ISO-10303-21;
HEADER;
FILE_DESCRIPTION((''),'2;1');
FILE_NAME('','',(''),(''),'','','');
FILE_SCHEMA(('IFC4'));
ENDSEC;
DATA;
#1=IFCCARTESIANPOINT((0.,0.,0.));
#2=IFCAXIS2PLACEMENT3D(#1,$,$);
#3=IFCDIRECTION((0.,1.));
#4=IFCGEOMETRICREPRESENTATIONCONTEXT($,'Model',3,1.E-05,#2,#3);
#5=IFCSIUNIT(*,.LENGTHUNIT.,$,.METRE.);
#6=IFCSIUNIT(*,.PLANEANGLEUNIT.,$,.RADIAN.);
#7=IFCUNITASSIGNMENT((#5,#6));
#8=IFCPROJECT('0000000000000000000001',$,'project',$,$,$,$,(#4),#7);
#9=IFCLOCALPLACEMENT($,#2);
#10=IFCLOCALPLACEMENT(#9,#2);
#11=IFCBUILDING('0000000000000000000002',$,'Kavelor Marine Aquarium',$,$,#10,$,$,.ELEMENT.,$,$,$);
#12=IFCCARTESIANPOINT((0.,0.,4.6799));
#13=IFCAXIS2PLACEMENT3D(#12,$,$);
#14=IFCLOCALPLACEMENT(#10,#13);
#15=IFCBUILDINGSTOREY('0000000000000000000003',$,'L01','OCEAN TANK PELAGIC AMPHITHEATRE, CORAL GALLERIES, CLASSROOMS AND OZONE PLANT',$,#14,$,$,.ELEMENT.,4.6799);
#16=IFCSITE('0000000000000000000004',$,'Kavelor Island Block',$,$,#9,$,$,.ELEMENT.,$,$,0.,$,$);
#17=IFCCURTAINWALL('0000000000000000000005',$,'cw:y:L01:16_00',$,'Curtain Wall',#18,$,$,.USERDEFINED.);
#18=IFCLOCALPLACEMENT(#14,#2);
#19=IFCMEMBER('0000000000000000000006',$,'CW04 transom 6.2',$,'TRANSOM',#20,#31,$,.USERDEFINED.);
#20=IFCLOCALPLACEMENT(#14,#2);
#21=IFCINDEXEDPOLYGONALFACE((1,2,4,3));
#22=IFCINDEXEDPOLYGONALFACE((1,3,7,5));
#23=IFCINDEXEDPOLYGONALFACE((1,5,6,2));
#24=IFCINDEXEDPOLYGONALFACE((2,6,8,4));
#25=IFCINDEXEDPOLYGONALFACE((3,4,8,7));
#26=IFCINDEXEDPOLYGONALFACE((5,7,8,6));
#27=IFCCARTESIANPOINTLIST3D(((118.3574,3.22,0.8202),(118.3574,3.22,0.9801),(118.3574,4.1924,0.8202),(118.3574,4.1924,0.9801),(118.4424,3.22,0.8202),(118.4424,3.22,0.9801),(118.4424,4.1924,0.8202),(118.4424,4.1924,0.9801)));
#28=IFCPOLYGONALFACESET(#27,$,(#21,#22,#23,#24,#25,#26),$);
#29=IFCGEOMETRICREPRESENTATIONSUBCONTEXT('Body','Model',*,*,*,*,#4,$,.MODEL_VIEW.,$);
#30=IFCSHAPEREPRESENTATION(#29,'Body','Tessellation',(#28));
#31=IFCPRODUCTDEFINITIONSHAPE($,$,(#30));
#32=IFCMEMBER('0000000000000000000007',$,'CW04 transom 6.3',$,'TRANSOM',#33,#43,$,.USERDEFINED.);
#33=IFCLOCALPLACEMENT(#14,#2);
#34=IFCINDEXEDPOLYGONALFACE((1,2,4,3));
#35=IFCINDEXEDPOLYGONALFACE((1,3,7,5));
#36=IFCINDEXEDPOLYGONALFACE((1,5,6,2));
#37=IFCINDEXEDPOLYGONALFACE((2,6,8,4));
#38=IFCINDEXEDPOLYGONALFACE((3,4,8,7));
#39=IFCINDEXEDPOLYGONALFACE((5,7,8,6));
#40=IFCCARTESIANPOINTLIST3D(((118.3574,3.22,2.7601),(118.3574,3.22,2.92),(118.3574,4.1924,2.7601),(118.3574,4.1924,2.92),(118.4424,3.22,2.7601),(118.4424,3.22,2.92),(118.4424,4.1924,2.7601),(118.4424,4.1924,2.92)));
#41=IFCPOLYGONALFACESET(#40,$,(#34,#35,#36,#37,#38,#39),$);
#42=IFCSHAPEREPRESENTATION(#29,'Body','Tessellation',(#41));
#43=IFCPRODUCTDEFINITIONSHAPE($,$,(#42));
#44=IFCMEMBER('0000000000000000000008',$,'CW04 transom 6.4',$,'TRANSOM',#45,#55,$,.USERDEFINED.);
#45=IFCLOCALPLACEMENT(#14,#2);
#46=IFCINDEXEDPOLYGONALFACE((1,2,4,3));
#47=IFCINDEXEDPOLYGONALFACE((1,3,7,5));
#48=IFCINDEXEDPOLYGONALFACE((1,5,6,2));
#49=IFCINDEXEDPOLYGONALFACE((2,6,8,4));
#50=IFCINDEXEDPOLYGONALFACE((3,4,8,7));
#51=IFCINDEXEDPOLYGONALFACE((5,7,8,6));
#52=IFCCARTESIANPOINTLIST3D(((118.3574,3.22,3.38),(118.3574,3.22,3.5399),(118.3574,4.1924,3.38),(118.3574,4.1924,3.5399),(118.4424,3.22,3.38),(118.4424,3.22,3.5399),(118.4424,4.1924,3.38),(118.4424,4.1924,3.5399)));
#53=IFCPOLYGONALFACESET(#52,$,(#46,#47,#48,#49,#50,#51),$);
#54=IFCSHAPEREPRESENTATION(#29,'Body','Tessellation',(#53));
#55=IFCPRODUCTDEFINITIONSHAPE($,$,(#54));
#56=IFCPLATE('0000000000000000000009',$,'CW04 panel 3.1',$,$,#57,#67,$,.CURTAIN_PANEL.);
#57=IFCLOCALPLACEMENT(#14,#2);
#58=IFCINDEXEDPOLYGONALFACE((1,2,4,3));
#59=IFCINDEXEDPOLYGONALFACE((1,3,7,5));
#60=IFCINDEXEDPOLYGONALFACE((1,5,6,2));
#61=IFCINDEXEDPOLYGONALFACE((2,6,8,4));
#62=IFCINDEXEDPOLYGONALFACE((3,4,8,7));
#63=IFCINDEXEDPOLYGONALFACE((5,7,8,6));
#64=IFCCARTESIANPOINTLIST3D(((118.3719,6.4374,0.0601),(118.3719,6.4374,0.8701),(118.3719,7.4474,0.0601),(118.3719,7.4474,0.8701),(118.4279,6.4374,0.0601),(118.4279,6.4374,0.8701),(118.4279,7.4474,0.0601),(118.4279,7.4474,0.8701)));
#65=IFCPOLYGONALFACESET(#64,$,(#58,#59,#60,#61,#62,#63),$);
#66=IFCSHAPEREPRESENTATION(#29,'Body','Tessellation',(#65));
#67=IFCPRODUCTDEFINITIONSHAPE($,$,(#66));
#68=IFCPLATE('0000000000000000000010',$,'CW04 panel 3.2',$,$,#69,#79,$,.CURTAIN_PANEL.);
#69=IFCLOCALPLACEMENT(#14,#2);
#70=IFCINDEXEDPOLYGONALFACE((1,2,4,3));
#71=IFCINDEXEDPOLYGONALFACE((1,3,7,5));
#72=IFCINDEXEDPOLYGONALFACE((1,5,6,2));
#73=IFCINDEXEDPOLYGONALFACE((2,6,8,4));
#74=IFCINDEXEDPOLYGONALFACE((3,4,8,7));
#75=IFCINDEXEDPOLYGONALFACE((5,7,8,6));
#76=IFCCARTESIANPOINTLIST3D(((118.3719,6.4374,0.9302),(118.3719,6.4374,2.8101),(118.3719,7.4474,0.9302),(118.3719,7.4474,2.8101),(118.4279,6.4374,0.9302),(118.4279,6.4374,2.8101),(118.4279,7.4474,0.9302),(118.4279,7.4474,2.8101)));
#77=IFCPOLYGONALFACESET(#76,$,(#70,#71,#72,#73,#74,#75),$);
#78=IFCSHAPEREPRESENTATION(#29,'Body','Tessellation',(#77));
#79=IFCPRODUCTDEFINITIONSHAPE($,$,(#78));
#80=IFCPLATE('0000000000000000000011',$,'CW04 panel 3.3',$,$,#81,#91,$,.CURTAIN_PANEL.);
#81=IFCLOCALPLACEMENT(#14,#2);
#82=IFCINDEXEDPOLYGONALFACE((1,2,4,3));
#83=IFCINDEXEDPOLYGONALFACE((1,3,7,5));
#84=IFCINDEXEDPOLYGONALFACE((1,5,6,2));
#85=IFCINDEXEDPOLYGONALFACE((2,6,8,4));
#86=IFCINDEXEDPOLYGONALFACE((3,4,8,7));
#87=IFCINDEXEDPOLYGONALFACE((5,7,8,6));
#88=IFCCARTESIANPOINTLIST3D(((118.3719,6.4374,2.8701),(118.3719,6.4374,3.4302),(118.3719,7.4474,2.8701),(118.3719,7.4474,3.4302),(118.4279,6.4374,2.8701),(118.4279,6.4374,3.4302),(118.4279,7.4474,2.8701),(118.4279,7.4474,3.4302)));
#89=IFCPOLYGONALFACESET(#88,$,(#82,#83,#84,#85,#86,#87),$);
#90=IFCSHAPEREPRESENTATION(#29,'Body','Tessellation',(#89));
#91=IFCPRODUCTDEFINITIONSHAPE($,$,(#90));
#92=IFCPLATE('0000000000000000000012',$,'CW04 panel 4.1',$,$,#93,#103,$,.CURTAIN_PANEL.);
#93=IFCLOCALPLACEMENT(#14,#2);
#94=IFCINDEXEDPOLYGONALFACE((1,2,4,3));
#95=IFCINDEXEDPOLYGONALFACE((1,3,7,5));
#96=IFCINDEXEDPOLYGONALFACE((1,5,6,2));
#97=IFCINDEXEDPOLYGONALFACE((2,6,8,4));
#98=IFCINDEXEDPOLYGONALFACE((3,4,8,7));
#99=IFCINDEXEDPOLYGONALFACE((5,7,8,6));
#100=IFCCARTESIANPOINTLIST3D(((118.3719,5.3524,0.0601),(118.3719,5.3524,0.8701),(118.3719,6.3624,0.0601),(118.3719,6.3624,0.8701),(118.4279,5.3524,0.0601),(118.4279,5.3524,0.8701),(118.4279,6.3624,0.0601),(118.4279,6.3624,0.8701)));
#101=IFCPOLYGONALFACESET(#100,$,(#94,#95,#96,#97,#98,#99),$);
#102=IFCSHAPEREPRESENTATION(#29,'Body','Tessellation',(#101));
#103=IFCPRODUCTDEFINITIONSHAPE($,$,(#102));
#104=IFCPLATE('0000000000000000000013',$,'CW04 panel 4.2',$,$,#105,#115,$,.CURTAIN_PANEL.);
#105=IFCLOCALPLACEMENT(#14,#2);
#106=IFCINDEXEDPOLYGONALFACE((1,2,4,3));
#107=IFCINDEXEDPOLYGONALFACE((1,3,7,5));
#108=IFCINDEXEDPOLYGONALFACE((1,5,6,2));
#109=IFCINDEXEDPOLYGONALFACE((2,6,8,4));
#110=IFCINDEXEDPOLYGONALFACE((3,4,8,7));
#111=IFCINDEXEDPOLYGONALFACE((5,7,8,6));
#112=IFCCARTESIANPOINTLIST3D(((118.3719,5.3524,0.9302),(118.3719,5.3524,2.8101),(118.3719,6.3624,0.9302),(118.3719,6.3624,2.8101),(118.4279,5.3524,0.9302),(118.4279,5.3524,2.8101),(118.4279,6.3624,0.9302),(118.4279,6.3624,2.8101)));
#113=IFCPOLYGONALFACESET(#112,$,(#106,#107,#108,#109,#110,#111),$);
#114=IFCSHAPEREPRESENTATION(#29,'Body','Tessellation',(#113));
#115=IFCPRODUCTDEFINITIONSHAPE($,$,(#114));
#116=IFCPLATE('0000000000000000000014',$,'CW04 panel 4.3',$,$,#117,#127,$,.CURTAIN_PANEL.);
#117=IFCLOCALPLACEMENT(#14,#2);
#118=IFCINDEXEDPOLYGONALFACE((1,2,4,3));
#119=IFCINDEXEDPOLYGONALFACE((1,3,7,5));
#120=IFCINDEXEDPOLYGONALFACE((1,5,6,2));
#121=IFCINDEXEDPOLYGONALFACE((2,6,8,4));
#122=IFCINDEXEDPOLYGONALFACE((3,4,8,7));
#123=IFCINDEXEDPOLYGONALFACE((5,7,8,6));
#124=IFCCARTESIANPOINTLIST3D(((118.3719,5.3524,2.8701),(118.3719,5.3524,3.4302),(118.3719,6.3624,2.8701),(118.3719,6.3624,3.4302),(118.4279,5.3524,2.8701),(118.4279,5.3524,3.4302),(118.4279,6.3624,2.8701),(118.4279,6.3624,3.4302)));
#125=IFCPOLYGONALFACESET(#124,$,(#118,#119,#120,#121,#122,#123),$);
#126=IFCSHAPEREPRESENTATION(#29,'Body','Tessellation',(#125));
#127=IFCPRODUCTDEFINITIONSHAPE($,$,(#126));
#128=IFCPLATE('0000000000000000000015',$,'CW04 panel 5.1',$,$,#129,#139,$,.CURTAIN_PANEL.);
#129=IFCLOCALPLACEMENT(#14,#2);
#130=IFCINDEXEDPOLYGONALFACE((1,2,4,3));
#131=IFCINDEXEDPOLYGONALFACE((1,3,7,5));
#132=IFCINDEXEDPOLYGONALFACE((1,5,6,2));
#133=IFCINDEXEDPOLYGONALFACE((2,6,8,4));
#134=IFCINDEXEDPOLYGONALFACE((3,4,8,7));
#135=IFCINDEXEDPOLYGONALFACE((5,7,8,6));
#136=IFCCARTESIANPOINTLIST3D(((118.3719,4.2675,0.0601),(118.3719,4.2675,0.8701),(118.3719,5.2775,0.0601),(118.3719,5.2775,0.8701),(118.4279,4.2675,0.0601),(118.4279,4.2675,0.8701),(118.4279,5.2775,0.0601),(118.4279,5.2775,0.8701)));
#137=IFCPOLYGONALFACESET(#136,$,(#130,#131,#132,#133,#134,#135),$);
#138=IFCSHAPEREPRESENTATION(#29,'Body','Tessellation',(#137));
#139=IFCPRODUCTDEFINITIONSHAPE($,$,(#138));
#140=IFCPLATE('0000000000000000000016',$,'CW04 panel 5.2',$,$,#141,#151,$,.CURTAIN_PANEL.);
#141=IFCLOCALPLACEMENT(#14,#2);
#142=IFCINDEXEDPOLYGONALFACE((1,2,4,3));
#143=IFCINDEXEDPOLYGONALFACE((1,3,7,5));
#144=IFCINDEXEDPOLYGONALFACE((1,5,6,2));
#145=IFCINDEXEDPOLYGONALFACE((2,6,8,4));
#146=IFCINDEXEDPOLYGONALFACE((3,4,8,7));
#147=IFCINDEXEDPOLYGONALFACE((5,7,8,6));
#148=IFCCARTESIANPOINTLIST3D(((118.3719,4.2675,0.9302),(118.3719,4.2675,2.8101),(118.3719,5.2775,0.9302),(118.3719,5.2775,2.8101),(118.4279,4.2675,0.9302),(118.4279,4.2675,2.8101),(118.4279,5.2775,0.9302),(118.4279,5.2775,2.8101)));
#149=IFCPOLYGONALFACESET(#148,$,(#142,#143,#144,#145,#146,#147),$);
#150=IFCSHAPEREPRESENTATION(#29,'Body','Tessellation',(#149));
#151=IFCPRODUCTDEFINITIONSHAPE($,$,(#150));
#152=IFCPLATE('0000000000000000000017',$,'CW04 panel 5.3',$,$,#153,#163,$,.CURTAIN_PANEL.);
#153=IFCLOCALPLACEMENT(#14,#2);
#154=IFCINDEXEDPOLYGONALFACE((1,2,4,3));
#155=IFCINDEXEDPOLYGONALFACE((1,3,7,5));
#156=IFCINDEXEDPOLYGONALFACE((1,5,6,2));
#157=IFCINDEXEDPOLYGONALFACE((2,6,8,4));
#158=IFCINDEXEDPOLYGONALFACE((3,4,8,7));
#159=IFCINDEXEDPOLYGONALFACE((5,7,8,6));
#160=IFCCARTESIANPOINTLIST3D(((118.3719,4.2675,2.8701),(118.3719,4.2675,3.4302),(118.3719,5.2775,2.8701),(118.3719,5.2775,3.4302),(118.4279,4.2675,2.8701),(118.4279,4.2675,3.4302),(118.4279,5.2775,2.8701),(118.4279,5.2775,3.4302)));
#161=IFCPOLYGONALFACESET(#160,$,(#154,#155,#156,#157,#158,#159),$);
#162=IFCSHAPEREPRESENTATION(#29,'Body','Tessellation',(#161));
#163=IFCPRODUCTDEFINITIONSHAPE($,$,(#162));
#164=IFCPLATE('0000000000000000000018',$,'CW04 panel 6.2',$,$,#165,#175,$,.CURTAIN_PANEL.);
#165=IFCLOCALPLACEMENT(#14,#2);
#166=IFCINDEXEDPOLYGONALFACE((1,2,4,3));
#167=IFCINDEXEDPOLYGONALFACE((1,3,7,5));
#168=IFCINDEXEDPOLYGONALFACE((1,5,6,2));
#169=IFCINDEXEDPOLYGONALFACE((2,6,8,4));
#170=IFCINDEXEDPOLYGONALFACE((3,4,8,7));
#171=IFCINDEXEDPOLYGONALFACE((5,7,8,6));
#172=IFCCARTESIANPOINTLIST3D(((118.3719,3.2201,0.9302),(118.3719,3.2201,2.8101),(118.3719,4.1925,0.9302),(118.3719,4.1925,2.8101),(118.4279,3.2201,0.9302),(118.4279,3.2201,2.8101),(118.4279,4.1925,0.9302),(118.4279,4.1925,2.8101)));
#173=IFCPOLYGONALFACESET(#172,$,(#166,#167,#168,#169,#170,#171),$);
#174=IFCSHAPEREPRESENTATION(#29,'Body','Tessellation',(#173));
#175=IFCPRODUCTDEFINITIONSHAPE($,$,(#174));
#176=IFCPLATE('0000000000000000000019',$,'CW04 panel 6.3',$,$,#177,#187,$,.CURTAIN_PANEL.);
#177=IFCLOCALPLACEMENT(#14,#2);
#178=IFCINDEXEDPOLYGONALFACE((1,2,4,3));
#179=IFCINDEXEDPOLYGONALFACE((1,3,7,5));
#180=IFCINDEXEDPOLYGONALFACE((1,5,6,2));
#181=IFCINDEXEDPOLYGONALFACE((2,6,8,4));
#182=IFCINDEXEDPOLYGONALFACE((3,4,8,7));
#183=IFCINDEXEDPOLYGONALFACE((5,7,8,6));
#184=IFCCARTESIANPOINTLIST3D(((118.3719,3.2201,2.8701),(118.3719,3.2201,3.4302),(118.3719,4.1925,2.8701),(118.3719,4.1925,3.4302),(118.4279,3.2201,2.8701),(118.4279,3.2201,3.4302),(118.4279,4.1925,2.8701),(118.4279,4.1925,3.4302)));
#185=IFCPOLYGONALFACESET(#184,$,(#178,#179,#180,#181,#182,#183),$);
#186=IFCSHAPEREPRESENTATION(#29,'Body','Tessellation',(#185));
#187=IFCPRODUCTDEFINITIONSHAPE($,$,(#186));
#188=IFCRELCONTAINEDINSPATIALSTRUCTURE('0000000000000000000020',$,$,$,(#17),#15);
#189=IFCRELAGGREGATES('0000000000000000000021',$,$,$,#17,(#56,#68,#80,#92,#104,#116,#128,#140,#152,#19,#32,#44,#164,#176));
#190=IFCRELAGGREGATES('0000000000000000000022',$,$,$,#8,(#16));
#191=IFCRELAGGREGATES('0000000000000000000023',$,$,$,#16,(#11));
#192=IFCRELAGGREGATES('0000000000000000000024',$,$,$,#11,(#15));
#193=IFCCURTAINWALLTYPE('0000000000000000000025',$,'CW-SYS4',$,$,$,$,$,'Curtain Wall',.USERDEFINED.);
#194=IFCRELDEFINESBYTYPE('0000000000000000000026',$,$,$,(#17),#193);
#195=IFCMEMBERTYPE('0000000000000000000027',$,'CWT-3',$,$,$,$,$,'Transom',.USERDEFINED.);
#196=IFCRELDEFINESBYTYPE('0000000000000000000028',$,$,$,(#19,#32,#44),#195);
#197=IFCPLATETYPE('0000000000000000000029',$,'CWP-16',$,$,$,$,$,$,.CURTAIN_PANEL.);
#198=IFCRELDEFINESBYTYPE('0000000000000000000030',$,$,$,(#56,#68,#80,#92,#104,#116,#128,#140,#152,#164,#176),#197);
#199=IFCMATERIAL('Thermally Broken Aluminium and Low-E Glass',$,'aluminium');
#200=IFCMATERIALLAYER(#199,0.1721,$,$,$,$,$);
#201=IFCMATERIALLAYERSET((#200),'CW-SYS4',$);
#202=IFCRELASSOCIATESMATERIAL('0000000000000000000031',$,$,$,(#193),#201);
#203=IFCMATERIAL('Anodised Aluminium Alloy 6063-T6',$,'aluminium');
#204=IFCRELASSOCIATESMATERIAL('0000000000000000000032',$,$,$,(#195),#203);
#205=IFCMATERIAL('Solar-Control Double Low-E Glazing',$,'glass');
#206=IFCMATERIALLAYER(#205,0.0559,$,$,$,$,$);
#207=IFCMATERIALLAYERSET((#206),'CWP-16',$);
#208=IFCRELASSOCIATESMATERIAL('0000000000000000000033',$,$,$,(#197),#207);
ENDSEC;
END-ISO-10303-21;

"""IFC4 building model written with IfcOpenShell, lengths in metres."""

from ifc_helpers import new_model, si_unit, direction, frame, origin, origin_2d, place, context, subcontext, project, spatial, rectangle, extrude, material, layer, layer_set, material_profile, profile_set, type_object, element, aggregate, save


model = new_model("IFC4")

# Units and contexts
model_context = context("Model", 3, precision=1e-05, world=origin(), true_north=direction((0.0, 1.0)))
body_context = subcontext(model_context, "Body", "Model", "MODEL_VIEW")
ifc_project = project(units=[si_unit("LENGTHUNIT", "METRE"), si_unit("PLANEANGLEUNIT", "RADIAN")], contexts=[model_context])

# Site, building, storey
site_placement = place(None, origin())
site = spatial("IfcSite", under=ifc_project, at=site_placement, Name="Kavelor Island Block", CompositionType="ELEMENT", RefElevation=0.0)
building_placement = place(site_placement, origin())
building = spatial("IfcBuilding", under=site, at=building_placement, Name="Kavelor Marine Aquarium", CompositionType="ELEMENT")
storey_placement = place(building_placement, frame((0.0, 0.0, 4.6799)))
storey = spatial("IfcBuildingStorey", under=building, at=storey_placement, Name="L01", Description="OCEAN TANK PELAGIC AMPHITHEATRE, CORAL GALLERIES, CLASSROOMS AND OZONE PLANT", CompositionType="ELEMENT", Elevation=4.6799)

# Curtain wall, members, plates
ifc_material_1 = material(Name="Thermally Broken Aluminium and Low-E Glass", Category="aluminium")
ifc_layer_1 = layer(ifc_material_1, 0.1721)
ifc_layer_set_1 = layer_set([ifc_layer_1], Name="CW-SYS4")
curtain_wall_type = type_object("IfcCurtainWallType", Name="CW-SYS4", ElementType="Curtain Wall", PredefinedType="USERDEFINED", material=ifc_layer_set_1)
curtain_wall_placement = place(storey_placement, origin())
curtain_wall = element("IfcCurtainWall", 1, at=curtain_wall_placement, inside=storey, type_object=curtain_wall_type, Name="cw:y:L01:16_00", ObjectType="Curtain Wall", PredefinedType="USERDEFINED")
ifc_material_2 = material(Name="Anodised Aluminium Alloy 6063-T6", Category="aluminium")
ifc_material_profile_1 = material_profile(ifc_material_2, rectangle(XDim=0.085, YDim=0.1599, at=origin_2d()), Name="CW-TRN 85x160")
ifc_profile_set_1 = profile_set([ifc_material_profile_1], Name="Anodised Aluminium Alloy 6063-T6")
member_type_1 = type_object("IfcMemberType", Name="CWT-3", ElementType="Transom", PredefinedType="USERDEFINED", material=ifc_profile_set_1)
member_1_placement = place(storey_placement, frame((118.3999, 4.1924, 0.9001), z_axis=(0.0, -1.0, 0.0), x_axis=(1.0, 0.0, 0.0)))
member_1 = element("IfcMember", 2, at=member_1_placement, type_object=member_type_1, Name="CW04 transom 6.2", ObjectType="TRANSOM", PredefinedType="USERDEFINED", context=body_context, shape_type="SweptSolid", body=[
    extrude(rectangle(XDim=0.085, YDim=0.1599, at=origin_2d()), origin(), (0.0, 0.0, 1.0), 0.9724),
])
member_2_placement = place(storey_placement, frame((118.3999, 4.1924, 2.8401), z_axis=(0.0, -1.0, 0.0), x_axis=(1.0, 0.0, 0.0)))
member_2 = element("IfcMember", 3, at=member_2_placement, type_object=member_type_1, Name="CW04 transom 6.3", ObjectType="TRANSOM", PredefinedType="USERDEFINED", context=body_context, shape_type="SweptSolid", body=[
    extrude(rectangle(XDim=0.085, YDim=0.1599, at=origin_2d()), origin(), (0.0, 0.0, 1.0), 0.9724),
])
member_3_placement = place(storey_placement, frame((118.3999, 4.1924, 3.46), z_axis=(0.0, -1.0, 0.0), x_axis=(1.0, 0.0, 0.0)))
member_3 = element("IfcMember", 4, at=member_3_placement, type_object=member_type_1, Name="CW04 transom 6.4", ObjectType="TRANSOM", PredefinedType="USERDEFINED", context=body_context, shape_type="SweptSolid", body=[
    extrude(rectangle(XDim=0.085, YDim=0.1599, at=origin_2d()), origin(), (0.0, 0.0, 1.0), 0.9724),
])
ifc_material_3 = material(Name="Solar-Control Double Low-E Glazing", Category="glass")
ifc_layer_2 = layer(ifc_material_3, 0.0559)
ifc_layer_set_2 = layer_set([ifc_layer_2], Name="CWP-16")
plate_type = type_object("IfcPlateType", Name="CWP-16", PredefinedType="CURTAIN_PANEL", material=ifc_layer_set_2)
plate_1_placement = place(storey_placement, frame((118.3999, 6.9424, 0.0601), z_axis=(0.0, 0.0, 1.0), x_axis=(0.0, -1.0, 0.0)))
plate_1 = element("IfcPlate", 5, at=plate_1_placement, type_object=plate_type, Name="CW04 panel 3.1", PredefinedType="CURTAIN_PANEL", context=body_context, shape_type="SweptSolid", body=[
    extrude(rectangle(XDim=1.01, YDim=0.0559, at=origin_2d()), origin(), (0.0, 0.0, 1.0), 0.8101),
])
plate_2_placement = place(storey_placement, frame((118.3999, 6.9424, 0.9302), z_axis=(0.0, 0.0, 1.0), x_axis=(0.0, -1.0, 0.0)))
plate_2 = element("IfcPlate", 6, at=plate_2_placement, type_object=plate_type, Name="CW04 panel 3.2", PredefinedType="CURTAIN_PANEL", context=body_context, shape_type="SweptSolid", body=[
    extrude(rectangle(XDim=1.01, YDim=0.0559, at=origin_2d()), origin(), (0.0, 0.0, 1.0), 1.8799),
])
plate_3_placement = place(storey_placement, frame((118.3999, 6.9424, 2.8701), z_axis=(0.0, 0.0, 1.0), x_axis=(0.0, -1.0, 0.0)))
plate_3 = element("IfcPlate", 7, at=plate_3_placement, type_object=plate_type, Name="CW04 panel 3.3", PredefinedType="CURTAIN_PANEL", context=body_context, shape_type="SweptSolid", body=[
    extrude(rectangle(XDim=1.01, YDim=0.0559, at=origin_2d()), origin(), (0.0, 0.0, 1.0), 0.5601),
])
plate_4_placement = place(storey_placement, frame((118.3999, 5.8574, 0.0601), z_axis=(0.0, 0.0, 1.0), x_axis=(0.0, -1.0, 0.0)))
plate_4 = element("IfcPlate", 8, at=plate_4_placement, type_object=plate_type, Name="CW04 panel 4.1", PredefinedType="CURTAIN_PANEL", context=body_context, shape_type="SweptSolid", body=[
    extrude(rectangle(XDim=1.01, YDim=0.0559, at=origin_2d()), origin(), (0.0, 0.0, 1.0), 0.8101),
])
plate_5_placement = place(storey_placement, frame((118.3999, 5.8574, 0.9302), z_axis=(0.0, 0.0, 1.0), x_axis=(0.0, -1.0, 0.0)))
plate_5 = element("IfcPlate", 9, at=plate_5_placement, type_object=plate_type, Name="CW04 panel 4.2", PredefinedType="CURTAIN_PANEL", context=body_context, shape_type="SweptSolid", body=[
    extrude(rectangle(XDim=1.01, YDim=0.0559, at=origin_2d()), origin(), (0.0, 0.0, 1.0), 1.8799),
])
plate_6_placement = place(storey_placement, frame((118.3999, 5.8574, 2.8701), z_axis=(0.0, 0.0, 1.0), x_axis=(0.0, -1.0, 0.0)))
plate_6 = element("IfcPlate", 10, at=plate_6_placement, type_object=plate_type, Name="CW04 panel 4.3", PredefinedType="CURTAIN_PANEL", context=body_context, shape_type="SweptSolid", body=[
    extrude(rectangle(XDim=1.01, YDim=0.0559, at=origin_2d()), origin(), (0.0, 0.0, 1.0), 0.5601),
])
plate_7_placement = place(storey_placement, frame((118.3999, 4.7725, 0.0601), z_axis=(0.0, 0.0, 1.0), x_axis=(0.0, -1.0, 0.0)))
plate_7 = element("IfcPlate", 11, at=plate_7_placement, type_object=plate_type, Name="CW04 panel 5.1", PredefinedType="CURTAIN_PANEL", context=body_context, shape_type="SweptSolid", body=[
    extrude(rectangle(XDim=1.01, YDim=0.0559, at=origin_2d()), origin(), (0.0, 0.0, 1.0), 0.8101),
])
plate_8_placement = place(storey_placement, frame((118.3999, 4.7725, 0.9302), z_axis=(0.0, 0.0, 1.0), x_axis=(0.0, -1.0, 0.0)))
plate_8 = element("IfcPlate", 12, at=plate_8_placement, type_object=plate_type, Name="CW04 panel 5.2", PredefinedType="CURTAIN_PANEL", context=body_context, shape_type="SweptSolid", body=[
    extrude(rectangle(XDim=1.01, YDim=0.0559, at=origin_2d()), origin(), (0.0, 0.0, 1.0), 1.8799),
])
plate_9_placement = place(storey_placement, frame((118.3999, 4.7725, 2.8701), z_axis=(0.0, 0.0, 1.0), x_axis=(0.0, -1.0, 0.0)))
plate_9 = element("IfcPlate", 13, at=plate_9_placement, type_object=plate_type, Name="CW04 panel 5.3", PredefinedType="CURTAIN_PANEL", context=body_context, shape_type="SweptSolid", body=[
    extrude(rectangle(XDim=1.01, YDim=0.0559, at=origin_2d()), origin(), (0.0, 0.0, 1.0), 0.5601),
])
plate_10_placement = place(storey_placement, frame((118.3999, 3.7063, 0.9302), z_axis=(0.0, 0.0, 1.0), x_axis=(0.0, -1.0, 0.0)))
plate_10 = element("IfcPlate", 14, at=plate_10_placement, type_object=plate_type, Name="CW04 panel 6.2", PredefinedType="CURTAIN_PANEL", context=body_context, shape_type="SweptSolid", body=[
    extrude(rectangle(XDim=0.9724, YDim=0.0559, at=origin_2d()), origin(), (0.0, 0.0, 1.0), 1.8799),
])
plate_11_placement = place(storey_placement, frame((118.3999, 3.7063, 2.8701), z_axis=(0.0, 0.0, 1.0), x_axis=(0.0, -1.0, 0.0)))
plate_11 = element("IfcPlate", 15, at=plate_11_placement, type_object=plate_type, Name="CW04 panel 6.3", PredefinedType="CURTAIN_PANEL", context=body_context, shape_type="SweptSolid", body=[
    extrude(rectangle(XDim=0.9724, YDim=0.0559, at=origin_2d()), origin(), (0.0, 0.0, 1.0), 0.5601),
])
aggregate(curtain_wall, [plate_1, plate_2, plate_3, plate_4, plate_5, plate_6, plate_7, plate_8, plate_9, member_1, member_2, member_3, plate_10, plate_11])

save(model, "model.ifc")
